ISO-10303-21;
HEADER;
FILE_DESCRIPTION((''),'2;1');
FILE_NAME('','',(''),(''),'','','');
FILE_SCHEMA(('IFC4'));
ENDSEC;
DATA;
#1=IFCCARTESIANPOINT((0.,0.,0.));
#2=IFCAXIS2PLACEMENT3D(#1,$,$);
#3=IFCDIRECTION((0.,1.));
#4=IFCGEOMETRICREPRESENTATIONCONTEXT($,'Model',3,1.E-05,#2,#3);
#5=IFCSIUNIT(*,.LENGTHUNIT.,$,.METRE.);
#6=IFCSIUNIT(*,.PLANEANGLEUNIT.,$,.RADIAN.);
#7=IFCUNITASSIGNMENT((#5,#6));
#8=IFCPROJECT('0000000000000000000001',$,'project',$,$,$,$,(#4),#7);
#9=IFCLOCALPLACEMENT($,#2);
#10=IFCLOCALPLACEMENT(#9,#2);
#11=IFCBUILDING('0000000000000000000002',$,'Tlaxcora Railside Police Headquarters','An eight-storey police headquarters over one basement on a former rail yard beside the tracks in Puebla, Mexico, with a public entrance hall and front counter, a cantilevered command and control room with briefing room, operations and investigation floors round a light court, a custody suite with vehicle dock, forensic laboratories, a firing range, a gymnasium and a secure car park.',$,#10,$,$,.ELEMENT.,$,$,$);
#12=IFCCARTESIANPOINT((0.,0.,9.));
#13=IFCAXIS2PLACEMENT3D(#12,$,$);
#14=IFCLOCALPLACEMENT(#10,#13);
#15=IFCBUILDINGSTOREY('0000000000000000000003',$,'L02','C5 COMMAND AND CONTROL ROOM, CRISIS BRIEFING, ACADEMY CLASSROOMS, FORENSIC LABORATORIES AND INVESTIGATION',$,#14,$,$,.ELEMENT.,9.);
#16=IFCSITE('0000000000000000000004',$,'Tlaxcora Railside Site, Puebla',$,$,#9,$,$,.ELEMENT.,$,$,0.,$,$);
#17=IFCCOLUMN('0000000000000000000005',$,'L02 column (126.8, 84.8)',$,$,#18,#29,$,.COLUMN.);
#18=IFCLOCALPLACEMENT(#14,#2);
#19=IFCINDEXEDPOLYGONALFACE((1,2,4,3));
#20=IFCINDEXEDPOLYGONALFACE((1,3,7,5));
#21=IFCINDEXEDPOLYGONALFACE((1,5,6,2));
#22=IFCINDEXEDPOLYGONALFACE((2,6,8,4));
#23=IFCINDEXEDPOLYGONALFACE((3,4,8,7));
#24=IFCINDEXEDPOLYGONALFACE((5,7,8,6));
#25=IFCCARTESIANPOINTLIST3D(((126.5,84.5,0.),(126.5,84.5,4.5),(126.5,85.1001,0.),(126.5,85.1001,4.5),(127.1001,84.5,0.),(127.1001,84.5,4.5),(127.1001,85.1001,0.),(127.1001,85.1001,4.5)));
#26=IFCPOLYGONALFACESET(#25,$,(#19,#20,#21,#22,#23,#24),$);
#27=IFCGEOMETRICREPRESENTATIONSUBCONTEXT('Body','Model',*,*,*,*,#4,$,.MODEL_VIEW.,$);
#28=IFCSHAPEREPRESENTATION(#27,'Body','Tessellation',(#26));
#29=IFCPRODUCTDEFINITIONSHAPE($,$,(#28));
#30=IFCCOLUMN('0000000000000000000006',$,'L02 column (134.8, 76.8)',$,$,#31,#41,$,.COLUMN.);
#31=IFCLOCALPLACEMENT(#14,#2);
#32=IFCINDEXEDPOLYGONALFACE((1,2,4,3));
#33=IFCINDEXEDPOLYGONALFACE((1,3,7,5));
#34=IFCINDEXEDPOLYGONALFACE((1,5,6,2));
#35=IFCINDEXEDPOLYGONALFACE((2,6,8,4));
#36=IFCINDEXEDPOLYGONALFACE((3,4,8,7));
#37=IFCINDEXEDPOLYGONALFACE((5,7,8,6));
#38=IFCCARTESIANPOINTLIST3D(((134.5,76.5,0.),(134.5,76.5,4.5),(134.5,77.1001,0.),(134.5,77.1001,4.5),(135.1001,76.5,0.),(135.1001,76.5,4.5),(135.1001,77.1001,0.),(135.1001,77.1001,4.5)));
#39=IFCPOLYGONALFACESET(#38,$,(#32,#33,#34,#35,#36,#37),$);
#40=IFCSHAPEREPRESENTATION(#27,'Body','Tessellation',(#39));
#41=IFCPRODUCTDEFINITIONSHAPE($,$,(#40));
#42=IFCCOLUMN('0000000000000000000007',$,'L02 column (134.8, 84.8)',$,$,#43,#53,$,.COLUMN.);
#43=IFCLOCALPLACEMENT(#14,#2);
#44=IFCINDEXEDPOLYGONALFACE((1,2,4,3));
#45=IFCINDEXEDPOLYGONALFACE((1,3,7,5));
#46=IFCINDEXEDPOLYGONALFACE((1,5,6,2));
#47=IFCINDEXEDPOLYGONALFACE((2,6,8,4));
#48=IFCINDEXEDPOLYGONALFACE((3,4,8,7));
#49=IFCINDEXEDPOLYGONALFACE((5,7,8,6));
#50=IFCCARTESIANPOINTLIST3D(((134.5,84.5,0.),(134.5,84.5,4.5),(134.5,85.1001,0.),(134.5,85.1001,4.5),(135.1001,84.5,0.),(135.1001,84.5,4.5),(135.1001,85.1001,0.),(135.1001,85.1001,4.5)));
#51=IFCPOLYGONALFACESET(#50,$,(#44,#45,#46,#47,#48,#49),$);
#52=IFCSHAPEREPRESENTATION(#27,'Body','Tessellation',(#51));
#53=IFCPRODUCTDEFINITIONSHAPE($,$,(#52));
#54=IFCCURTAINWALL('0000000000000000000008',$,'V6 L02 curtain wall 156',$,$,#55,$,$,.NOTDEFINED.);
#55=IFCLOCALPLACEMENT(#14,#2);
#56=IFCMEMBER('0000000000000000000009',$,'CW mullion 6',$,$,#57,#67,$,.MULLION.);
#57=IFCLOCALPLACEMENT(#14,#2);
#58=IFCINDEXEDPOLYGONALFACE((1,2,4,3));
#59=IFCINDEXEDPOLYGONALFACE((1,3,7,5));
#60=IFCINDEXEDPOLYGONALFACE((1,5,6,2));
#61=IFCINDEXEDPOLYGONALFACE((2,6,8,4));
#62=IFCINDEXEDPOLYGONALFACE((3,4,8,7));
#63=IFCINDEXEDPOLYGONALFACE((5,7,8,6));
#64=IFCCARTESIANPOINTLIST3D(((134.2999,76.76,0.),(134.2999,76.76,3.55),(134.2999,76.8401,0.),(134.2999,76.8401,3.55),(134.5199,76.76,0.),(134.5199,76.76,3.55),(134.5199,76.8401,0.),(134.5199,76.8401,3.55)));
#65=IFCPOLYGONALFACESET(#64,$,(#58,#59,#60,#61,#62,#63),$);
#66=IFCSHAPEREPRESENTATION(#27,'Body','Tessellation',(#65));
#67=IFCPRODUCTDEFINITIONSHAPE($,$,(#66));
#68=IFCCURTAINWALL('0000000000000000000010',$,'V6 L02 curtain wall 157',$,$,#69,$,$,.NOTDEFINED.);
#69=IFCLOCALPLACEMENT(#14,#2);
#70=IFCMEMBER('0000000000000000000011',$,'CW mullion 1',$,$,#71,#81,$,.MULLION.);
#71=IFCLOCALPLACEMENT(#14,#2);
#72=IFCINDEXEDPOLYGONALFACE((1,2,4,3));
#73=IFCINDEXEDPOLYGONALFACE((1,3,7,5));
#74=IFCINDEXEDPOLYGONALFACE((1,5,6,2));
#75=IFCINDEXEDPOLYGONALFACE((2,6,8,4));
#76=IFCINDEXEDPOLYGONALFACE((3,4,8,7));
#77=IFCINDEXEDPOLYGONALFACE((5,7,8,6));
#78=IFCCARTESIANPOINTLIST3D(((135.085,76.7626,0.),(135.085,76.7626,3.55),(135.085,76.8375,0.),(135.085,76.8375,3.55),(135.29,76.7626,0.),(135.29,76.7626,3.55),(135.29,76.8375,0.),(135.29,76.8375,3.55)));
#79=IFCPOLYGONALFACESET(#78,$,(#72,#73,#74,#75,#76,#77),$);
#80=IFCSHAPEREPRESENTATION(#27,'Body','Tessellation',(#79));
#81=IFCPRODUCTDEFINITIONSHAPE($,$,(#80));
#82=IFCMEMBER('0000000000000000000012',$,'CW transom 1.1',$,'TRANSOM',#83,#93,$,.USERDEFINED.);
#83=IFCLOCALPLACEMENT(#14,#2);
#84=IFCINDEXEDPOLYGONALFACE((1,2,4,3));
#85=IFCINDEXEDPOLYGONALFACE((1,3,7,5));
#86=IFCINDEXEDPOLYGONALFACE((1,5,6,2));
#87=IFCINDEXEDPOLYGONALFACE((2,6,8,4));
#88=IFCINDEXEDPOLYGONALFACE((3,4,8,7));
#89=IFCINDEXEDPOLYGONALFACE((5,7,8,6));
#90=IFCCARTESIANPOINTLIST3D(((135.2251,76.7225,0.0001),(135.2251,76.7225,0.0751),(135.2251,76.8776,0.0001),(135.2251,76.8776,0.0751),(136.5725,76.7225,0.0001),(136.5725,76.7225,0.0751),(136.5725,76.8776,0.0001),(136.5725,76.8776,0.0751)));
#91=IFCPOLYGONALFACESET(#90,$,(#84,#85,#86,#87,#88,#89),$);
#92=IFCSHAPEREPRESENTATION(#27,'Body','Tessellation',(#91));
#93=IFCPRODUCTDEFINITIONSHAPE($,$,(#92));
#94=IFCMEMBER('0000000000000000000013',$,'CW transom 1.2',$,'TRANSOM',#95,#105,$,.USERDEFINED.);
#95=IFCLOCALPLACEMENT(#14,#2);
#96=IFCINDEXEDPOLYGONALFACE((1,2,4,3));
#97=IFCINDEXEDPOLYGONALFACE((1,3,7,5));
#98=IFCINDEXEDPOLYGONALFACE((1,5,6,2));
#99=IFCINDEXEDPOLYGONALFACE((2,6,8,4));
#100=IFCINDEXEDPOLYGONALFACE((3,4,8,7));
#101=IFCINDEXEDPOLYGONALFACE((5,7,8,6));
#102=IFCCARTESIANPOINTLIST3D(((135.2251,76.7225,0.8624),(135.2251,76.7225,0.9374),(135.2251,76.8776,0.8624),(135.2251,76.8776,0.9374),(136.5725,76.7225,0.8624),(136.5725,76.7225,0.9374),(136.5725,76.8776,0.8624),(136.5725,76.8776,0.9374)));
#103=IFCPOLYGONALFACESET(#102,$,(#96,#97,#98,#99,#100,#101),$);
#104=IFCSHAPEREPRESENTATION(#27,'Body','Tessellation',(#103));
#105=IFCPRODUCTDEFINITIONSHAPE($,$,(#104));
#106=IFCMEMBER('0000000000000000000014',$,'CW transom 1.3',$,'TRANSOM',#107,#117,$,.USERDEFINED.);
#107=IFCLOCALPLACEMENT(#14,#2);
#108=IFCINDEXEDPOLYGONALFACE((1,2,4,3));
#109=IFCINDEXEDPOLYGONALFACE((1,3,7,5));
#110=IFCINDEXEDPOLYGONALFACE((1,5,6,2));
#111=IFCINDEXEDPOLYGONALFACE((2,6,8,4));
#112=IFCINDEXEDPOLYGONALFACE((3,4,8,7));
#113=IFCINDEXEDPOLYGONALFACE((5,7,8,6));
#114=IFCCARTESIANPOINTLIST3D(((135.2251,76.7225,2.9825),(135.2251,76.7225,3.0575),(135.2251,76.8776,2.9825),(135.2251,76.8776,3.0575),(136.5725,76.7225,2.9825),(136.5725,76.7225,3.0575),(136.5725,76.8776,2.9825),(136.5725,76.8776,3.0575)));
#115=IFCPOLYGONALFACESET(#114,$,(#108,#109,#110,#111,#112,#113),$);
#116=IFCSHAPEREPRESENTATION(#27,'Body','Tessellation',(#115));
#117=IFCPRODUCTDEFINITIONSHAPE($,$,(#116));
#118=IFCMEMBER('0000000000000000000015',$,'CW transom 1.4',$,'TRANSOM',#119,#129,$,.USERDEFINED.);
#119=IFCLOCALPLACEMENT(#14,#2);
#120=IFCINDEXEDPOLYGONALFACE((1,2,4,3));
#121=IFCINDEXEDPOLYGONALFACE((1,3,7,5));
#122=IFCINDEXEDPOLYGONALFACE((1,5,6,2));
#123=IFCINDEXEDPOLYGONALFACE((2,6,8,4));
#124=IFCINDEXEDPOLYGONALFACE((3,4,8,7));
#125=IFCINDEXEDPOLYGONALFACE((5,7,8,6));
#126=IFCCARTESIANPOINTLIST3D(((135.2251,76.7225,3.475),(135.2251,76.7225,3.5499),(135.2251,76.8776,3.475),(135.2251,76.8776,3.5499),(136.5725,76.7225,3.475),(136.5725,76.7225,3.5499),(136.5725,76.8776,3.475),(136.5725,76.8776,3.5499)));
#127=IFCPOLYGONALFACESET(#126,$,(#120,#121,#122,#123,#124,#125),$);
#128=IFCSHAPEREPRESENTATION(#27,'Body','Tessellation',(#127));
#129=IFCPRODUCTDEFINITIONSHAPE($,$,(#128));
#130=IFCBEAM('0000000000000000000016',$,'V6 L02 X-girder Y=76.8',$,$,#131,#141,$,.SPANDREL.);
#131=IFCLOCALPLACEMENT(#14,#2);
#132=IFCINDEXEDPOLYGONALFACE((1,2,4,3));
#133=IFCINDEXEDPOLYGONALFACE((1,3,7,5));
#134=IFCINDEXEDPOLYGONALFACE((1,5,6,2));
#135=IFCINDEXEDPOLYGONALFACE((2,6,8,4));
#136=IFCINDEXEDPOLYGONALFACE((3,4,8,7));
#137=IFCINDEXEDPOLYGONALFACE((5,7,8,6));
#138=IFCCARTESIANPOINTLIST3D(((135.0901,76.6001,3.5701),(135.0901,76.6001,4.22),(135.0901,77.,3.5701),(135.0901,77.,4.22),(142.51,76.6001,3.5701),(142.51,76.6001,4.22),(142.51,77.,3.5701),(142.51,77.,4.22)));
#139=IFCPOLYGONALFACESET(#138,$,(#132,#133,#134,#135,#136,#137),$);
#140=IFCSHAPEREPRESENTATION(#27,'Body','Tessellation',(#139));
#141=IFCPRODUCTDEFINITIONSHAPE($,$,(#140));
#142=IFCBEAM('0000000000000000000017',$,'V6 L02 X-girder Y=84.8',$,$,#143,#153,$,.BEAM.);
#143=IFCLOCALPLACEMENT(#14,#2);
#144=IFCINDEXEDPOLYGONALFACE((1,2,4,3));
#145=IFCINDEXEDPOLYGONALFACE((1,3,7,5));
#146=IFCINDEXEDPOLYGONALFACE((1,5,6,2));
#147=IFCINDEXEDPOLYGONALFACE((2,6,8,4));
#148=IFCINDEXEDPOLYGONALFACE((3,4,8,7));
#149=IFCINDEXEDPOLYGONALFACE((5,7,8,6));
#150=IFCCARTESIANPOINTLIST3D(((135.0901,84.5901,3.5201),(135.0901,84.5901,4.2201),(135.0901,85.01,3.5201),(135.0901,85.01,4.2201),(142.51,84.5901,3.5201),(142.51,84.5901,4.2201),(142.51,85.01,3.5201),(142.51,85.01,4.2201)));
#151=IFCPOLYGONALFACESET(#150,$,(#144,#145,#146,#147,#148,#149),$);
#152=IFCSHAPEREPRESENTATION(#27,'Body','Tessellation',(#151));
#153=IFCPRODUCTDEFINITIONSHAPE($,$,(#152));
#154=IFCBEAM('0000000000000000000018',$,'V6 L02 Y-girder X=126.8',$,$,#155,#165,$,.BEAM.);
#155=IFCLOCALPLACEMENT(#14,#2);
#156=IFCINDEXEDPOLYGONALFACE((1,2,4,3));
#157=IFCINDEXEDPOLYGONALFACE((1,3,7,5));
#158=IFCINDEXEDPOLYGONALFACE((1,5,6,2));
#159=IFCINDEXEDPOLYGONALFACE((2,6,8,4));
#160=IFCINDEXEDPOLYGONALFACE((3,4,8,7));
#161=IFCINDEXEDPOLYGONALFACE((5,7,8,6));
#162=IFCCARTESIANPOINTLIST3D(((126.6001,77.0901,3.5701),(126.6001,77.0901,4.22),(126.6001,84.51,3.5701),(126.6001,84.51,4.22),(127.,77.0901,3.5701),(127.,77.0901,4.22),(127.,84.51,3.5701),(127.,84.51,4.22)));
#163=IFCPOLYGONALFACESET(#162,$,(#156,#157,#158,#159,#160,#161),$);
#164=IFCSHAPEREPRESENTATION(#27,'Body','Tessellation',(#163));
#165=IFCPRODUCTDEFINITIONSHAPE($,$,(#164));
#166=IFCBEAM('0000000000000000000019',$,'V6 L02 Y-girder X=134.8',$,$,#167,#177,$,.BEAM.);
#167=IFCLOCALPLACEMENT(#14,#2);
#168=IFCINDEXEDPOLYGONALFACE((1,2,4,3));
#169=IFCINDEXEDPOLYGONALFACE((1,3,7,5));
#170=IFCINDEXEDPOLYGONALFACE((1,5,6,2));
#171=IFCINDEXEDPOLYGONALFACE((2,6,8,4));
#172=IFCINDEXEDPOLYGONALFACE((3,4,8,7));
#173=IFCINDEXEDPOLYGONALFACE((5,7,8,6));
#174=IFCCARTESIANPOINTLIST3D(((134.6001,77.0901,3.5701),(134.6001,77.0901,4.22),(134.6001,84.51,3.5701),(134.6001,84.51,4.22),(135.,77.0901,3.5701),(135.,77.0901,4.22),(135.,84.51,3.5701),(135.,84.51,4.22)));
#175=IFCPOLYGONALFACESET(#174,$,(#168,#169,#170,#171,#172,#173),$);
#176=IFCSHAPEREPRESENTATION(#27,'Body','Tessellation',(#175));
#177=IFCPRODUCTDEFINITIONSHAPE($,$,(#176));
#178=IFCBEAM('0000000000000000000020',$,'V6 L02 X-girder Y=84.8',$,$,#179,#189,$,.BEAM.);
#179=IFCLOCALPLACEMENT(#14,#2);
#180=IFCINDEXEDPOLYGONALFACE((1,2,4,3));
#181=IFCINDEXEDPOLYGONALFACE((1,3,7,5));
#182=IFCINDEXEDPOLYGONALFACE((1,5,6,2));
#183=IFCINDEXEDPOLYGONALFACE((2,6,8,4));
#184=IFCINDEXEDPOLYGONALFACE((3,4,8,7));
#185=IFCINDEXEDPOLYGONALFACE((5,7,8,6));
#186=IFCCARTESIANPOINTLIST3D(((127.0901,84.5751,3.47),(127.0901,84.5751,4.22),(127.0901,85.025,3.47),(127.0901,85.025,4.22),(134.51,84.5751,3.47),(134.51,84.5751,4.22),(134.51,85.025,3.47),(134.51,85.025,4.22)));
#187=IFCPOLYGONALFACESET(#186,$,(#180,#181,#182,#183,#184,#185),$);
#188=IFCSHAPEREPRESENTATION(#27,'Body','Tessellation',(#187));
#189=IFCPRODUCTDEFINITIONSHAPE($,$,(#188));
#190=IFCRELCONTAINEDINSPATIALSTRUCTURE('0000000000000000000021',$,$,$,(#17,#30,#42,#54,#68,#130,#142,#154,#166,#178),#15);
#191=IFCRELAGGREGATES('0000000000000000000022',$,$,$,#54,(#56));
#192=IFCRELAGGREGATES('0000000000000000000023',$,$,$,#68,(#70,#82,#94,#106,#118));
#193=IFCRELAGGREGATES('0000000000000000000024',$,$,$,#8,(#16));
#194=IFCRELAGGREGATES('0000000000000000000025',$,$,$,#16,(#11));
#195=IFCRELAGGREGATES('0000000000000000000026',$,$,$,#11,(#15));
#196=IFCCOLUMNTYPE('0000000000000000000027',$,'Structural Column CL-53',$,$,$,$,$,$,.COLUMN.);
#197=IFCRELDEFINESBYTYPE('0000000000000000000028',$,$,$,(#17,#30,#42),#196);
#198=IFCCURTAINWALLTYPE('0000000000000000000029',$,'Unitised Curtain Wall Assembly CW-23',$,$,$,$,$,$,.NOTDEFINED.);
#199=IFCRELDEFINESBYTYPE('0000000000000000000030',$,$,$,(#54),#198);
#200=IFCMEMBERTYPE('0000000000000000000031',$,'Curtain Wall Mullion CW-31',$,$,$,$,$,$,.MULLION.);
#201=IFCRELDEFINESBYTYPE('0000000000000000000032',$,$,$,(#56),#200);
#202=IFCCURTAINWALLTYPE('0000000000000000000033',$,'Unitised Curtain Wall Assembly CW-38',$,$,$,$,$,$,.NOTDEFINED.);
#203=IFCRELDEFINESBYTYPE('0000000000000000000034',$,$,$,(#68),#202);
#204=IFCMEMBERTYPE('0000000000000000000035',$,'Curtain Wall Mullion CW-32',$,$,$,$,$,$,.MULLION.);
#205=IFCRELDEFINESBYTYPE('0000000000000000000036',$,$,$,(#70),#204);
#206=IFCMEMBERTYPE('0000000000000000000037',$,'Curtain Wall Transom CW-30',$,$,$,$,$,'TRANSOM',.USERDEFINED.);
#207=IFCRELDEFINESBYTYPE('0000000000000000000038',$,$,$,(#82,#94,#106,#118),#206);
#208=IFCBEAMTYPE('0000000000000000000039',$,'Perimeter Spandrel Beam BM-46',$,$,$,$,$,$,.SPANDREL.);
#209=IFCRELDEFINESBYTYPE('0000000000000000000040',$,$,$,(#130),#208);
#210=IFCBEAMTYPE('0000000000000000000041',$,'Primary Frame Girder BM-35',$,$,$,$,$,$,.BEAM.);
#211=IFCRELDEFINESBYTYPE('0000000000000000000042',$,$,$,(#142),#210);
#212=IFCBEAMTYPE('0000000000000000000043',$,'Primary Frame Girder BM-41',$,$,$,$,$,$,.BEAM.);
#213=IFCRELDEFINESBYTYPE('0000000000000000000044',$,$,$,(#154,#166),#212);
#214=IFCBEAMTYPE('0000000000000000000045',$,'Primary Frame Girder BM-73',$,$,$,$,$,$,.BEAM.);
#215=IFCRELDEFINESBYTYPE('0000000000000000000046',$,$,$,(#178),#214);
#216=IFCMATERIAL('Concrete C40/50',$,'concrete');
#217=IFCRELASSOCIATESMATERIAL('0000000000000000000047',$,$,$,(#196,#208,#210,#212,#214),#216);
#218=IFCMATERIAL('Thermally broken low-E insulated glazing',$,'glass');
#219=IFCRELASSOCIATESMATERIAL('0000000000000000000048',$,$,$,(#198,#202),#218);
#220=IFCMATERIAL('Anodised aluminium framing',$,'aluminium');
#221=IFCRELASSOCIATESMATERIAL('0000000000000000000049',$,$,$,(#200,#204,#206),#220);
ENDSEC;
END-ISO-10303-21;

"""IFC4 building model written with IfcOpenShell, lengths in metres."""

from ifc_helpers import new_model, si_unit, direction, frame, origin, origin_2d, place, context, subcontext, project, spatial, rectangle, extrude, material, material_profile, profile_set, type_object, element, aggregate, save


model = new_model("IFC4")

# Units and contexts
model_context = context("Model", 3, precision=1e-05, world=origin(), true_north=direction((0.0, 1.0)))
body_context = subcontext(model_context, "Body", "Model", "MODEL_VIEW")
ifc_project = project(units=[si_unit("LENGTHUNIT", "METRE"), si_unit("PLANEANGLEUNIT", "RADIAN")], contexts=[model_context])

# Site, building, storey
site_placement = place(None, origin())
site = spatial("IfcSite", under=ifc_project, at=site_placement, Name="Tlaxcora Railside Site, Puebla", CompositionType="ELEMENT", RefElevation=0.0)
building_placement = place(site_placement, origin())
building = spatial("IfcBuilding", under=site, at=building_placement, Name="Tlaxcora Railside Police Headquarters", Description="An eight-storey police headquarters over one basement on a former rail yard beside the tracks in Puebla, Mexico, with a public entrance hall and front counter, a cantilevered command and control room with briefing room, operations and investigation floors round a light court, a custody suite with vehicle dock, forensic laboratories, a firing range, a gymnasium and a secure car park.", CompositionType="ELEMENT")
storey_placement = place(building_placement, frame((0.0, 0.0, 9.0)))
storey = spatial("IfcBuildingStorey", under=building, at=storey_placement, Name="L02", Description="C5 COMMAND AND CONTROL ROOM, CRISIS BRIEFING, ACADEMY CLASSROOMS, FORENSIC LABORATORIES AND INVESTIGATION", CompositionType="ELEMENT", Elevation=9.0)

# Columns
ifc_material_1 = material(Name="Concrete C40/50", Category="concrete")
ifc_material_profile_1 = material_profile(ifc_material_1, rectangle(XDim=0.6001, YDim=0.6001, at=origin_2d()), Name="RC600X600")
ifc_profile_set_1 = profile_set([ifc_material_profile_1], Name="Concrete C40/50")
column_type = type_object("IfcColumnType", Name="Structural Column CL-53", PredefinedType="COLUMN", material=ifc_profile_set_1)
for number, where, z_axis, x_axis, name in (
    (1, (126.8, 84.8, 0.0), (0.0, 0.0, 1.0), (1.0, 0.0, 0.0), "L02 column (126.8, 84.8)"),
    (2, (134.8, 76.8, 0.0), (0.0, 0.0, 1.0), (1.0, 0.0, 0.0), "L02 column (134.8, 76.8)"),
    (3, (134.8, 84.8, 0.0), (0.0, 0.0, 1.0), (1.0, 0.0, 0.0), "L02 column (134.8, 84.8)"),
):
    element("IfcColumn", number, at=place(storey_placement, frame(where, z_axis=z_axis, x_axis=x_axis)), inside=storey, type_object=column_type, Name=name, PredefinedType="COLUMN", context=body_context, shape_type="SweptSolid", body=[
        extrude(rectangle(XDim=0.6001, YDim=0.6001, at=origin_2d()), origin(), (0.0, 0.0, 1.0), 4.5),
    ])

# Curtain wall, member
ifc_material_2 = material(Name="Thermally broken low-E insulated glazing", Category="glass")
curtain_wall_type_1 = type_object("IfcCurtainWallType", Name="Unitised Curtain Wall Assembly CW-23", PredefinedType="NOTDEFINED", material=ifc_material_2)
curtain_wall_1_placement = place(storey_placement, origin())
curtain_wall_1 = element("IfcCurtainWall", 4, at=curtain_wall_1_placement, inside=storey, type_object=curtain_wall_type_1, Name="V6 L02 curtain wall 156", PredefinedType="NOTDEFINED")
ifc_material_3 = material(Name="Anodised aluminium framing", Category="aluminium")
ifc_material_profile_2 = material_profile(ifc_material_3, rectangle(XDim=0.0801, YDim=0.22, at=origin_2d()), Name="AL80X220")
ifc_profile_set_2 = profile_set([ifc_material_profile_2], Name="Anodised aluminium framing")
member_type_1 = type_object("IfcMemberType", Name="Curtain Wall Mullion CW-31", PredefinedType="MULLION", material=ifc_profile_set_2)
member_1_placement = place(storey_placement, frame((134.4099, 76.8, 0.0), z_axis=(0.0, 0.0, 1.0), x_axis=(0.0, 1.0, 0.0)))
member_1 = element("IfcMember", 5, at=member_1_placement, type_object=member_type_1, Name="CW mullion 6", PredefinedType="MULLION", context=body_context, shape_type="SweptSolid", body=[
    extrude(rectangle(XDim=0.0801, YDim=0.22, at=origin_2d()), origin(), (0.0, 0.0, 1.0), 3.55),
])

# Curtain wall, members
curtain_wall_type_2 = type_object("IfcCurtainWallType", Name="Unitised Curtain Wall Assembly CW-38", PredefinedType="NOTDEFINED", material=ifc_material_2)
curtain_wall_2_placement = place(storey_placement, origin())
curtain_wall_2 = element("IfcCurtainWall", 6, at=curtain_wall_2_placement, inside=storey, type_object=curtain_wall_type_2, Name="V6 L02 curtain wall 157", PredefinedType="NOTDEFINED")
ifc_material_profile_3 = material_profile(ifc_material_3, rectangle(XDim=0.075, YDim=0.2051, at=origin_2d()), Name="AL75X205")
ifc_profile_set_3 = profile_set([ifc_material_profile_3], Name="Anodised aluminium framing")
member_type_2 = type_object("IfcMemberType", Name="Curtain Wall Mullion CW-32", PredefinedType="MULLION", material=ifc_profile_set_3)
member_2_placement = place(storey_placement, frame((135.1875, 76.8, 0.0), z_axis=(0.0, 0.0, 1.0), x_axis=(0.0, 1.0, 0.0)))
member_2 = element("IfcMember", 7, at=member_2_placement, type_object=member_type_2, Name="CW mullion 1", PredefinedType="MULLION", context=body_context, shape_type="SweptSolid", body=[
    extrude(rectangle(XDim=0.075, YDim=0.2051, at=origin_2d()), origin(), (0.0, 0.0, 1.0), 3.55),
])
ifc_material_profile_4 = material_profile(ifc_material_3, rectangle(XDim=0.155, YDim=0.075, at=origin_2d()), Name="AL75X155")
ifc_profile_set_4 = profile_set([ifc_material_profile_4], Name="Anodised aluminium framing")
member_type_3 = type_object("IfcMemberType", Name="Curtain Wall Transom CW-30", ElementType="TRANSOM", PredefinedType="USERDEFINED", material=ifc_profile_set_4)
member_3_placement = place(storey_placement, frame((135.2251, 76.8, 0.0376), z_axis=(1.0, 0.0, 0.0), x_axis=(0.0, 1.0, 0.0)))
member_3 = element("IfcMember", 8, at=member_3_placement, type_object=member_type_3, Name="CW transom 1.1", ObjectType="TRANSOM", PredefinedType="USERDEFINED", context=body_context, shape_type="SweptSolid", body=[
    extrude(rectangle(XDim=0.155, YDim=0.075, at=origin_2d()), origin(), (0.0, 0.0, 1.0), 1.3474),
])
member_4_placement = place(storey_placement, frame((135.2251, 76.8, 0.8999), z_axis=(1.0, 0.0, 0.0), x_axis=(0.0, 1.0, 0.0)))
member_4 = element("IfcMember", 9, at=member_4_placement, type_object=member_type_3, Name="CW transom 1.2", ObjectType="TRANSOM", PredefinedType="USERDEFINED", context=body_context, shape_type="SweptSolid", body=[
    extrude(rectangle(XDim=0.155, YDim=0.075, at=origin_2d()), origin(), (0.0, 0.0, 1.0), 1.3474),
])
member_5_placement = place(storey_placement, frame((135.2251, 76.8, 3.02), z_axis=(1.0, 0.0, 0.0), x_axis=(0.0, 1.0, 0.0)))
member_5 = element("IfcMember", 10, at=member_5_placement, type_object=member_type_3, Name="CW transom 1.3", ObjectType="TRANSOM", PredefinedType="USERDEFINED", context=body_context, shape_type="SweptSolid", body=[
    extrude(rectangle(XDim=0.155, YDim=0.075, at=origin_2d()), origin(), (0.0, 0.0, 1.0), 1.3474),
])
member_6_placement = place(storey_placement, frame((135.2251, 76.8, 3.5125), z_axis=(1.0, 0.0, 0.0), x_axis=(0.0, 1.0, 0.0)))
member_6 = element("IfcMember", 11, at=member_6_placement, type_object=member_type_3, Name="CW transom 1.4", ObjectType="TRANSOM", PredefinedType="USERDEFINED", context=body_context, shape_type="SweptSolid", body=[
    extrude(rectangle(XDim=0.155, YDim=0.075, at=origin_2d()), origin(), (0.0, 0.0, 1.0), 1.3474),
])

# Beams
ifc_material_profile_5 = material_profile(ifc_material_1, rectangle(XDim=0.3999, YDim=0.6499, at=origin_2d()), Name="RC400X650")
ifc_profile_set_5 = profile_set([ifc_material_profile_5], Name="Concrete C40/50")
beam_type_1 = type_object("IfcBeamType", Name="Perimeter Spandrel Beam BM-46", PredefinedType="SPANDREL", material=ifc_profile_set_5)
beam_1_placement = place(storey_placement, frame((135.0901, 76.8, 3.895), z_axis=(1.0, 0.0, 0.0), x_axis=(0.0, 1.0, 0.0)))
element("IfcBeam", 12, at=beam_1_placement, inside=storey, type_object=beam_type_1, Name="V6 L02 X-girder Y=76.8", PredefinedType="SPANDREL", context=body_context, shape_type="SweptSolid", body=[
    extrude(rectangle(XDim=0.3999, YDim=0.6499, at=origin_2d()), origin(), (0.0, 0.0, 1.0), 7.4199),
])
ifc_material_profile_6 = material_profile(ifc_material_1, rectangle(XDim=0.4199, YDim=0.7, at=origin_2d()), Name="RC420X700")
ifc_profile_set_6 = profile_set([ifc_material_profile_6], Name="Concrete C40/50")
beam_type_2 = type_object("IfcBeamType", Name="Primary Frame Girder BM-35", PredefinedType="BEAM", material=ifc_profile_set_6)
beam_2_placement = place(storey_placement, frame((135.0901, 84.8, 3.8701), z_axis=(1.0, 0.0, 0.0), x_axis=(0.0, 1.0, 0.0)))
element("IfcBeam", 13, at=beam_2_placement, inside=storey, type_object=beam_type_2, Name="V6 L02 X-girder Y=84.8", PredefinedType="BEAM", context=body_context, shape_type="SweptSolid", body=[
    extrude(rectangle(XDim=0.4199, YDim=0.7, at=origin_2d()), origin(), (0.0, 0.0, 1.0), 7.4199),
])
ifc_material_profile_7 = material_profile(ifc_material_1, rectangle(XDim=0.3999, YDim=0.6499, at=origin_2d()), Name="RC400X650")
ifc_profile_set_7 = profile_set([ifc_material_profile_7], Name="Concrete C40/50")
beam_type_3 = type_object("IfcBeamType", Name="Primary Frame Girder BM-41", PredefinedType="BEAM", material=ifc_profile_set_7)
for number, where, z_axis, x_axis, name in (
    (14, (126.8, 77.0901, 3.895), (0.0, 1.0, 0.0), (-1.0, 0.0, 0.0), "V6 L02 Y-girder X=126.8"),
    (15, (134.8, 77.0901, 3.895), (0.0, 1.0, 0.0), (-1.0, 0.0, 0.0), "V6 L02 Y-girder X=134.8"),
):
    element("IfcBeam", number, at=place(storey_placement, frame(where, z_axis=z_axis, x_axis=x_axis)), inside=storey, type_object=beam_type_3, Name=name, PredefinedType="BEAM", context=body_context, shape_type="SweptSolid", body=[
        extrude(rectangle(XDim=0.3999, YDim=0.6499, at=origin_2d()), origin(), (0.0, 0.0, 1.0), 7.4199),
    ])
ifc_material_profile_8 = material_profile(ifc_material_1, rectangle(XDim=0.45, YDim=0.75, at=origin_2d()), Name="RC450X750")
ifc_profile_set_8 = profile_set([ifc_material_profile_8], Name="Concrete C40/50")
beam_type_4 = type_object("IfcBeamType", Name="Primary Frame Girder BM-73", PredefinedType="BEAM", material=ifc_profile_set_8)
beam_3_placement = place(storey_placement, frame((127.0901, 84.8, 3.845), z_axis=(1.0, 0.0, 0.0), x_axis=(0.0, 1.0, 0.0)))
element("IfcBeam", 16, at=beam_3_placement, inside=storey, type_object=beam_type_4, Name="V6 L02 X-girder Y=84.8", PredefinedType="BEAM", context=body_context, shape_type="SweptSolid", body=[
    extrude(rectangle(XDim=0.45, YDim=0.75, at=origin_2d()), origin(), (0.0, 0.0, 1.0), 7.4199),
])

aggregate(curtain_wall_1, [member_1])
aggregate(curtain_wall_2, [member_2, member_3, member_4, member_5, member_6])

save(model, "model.ifc")
